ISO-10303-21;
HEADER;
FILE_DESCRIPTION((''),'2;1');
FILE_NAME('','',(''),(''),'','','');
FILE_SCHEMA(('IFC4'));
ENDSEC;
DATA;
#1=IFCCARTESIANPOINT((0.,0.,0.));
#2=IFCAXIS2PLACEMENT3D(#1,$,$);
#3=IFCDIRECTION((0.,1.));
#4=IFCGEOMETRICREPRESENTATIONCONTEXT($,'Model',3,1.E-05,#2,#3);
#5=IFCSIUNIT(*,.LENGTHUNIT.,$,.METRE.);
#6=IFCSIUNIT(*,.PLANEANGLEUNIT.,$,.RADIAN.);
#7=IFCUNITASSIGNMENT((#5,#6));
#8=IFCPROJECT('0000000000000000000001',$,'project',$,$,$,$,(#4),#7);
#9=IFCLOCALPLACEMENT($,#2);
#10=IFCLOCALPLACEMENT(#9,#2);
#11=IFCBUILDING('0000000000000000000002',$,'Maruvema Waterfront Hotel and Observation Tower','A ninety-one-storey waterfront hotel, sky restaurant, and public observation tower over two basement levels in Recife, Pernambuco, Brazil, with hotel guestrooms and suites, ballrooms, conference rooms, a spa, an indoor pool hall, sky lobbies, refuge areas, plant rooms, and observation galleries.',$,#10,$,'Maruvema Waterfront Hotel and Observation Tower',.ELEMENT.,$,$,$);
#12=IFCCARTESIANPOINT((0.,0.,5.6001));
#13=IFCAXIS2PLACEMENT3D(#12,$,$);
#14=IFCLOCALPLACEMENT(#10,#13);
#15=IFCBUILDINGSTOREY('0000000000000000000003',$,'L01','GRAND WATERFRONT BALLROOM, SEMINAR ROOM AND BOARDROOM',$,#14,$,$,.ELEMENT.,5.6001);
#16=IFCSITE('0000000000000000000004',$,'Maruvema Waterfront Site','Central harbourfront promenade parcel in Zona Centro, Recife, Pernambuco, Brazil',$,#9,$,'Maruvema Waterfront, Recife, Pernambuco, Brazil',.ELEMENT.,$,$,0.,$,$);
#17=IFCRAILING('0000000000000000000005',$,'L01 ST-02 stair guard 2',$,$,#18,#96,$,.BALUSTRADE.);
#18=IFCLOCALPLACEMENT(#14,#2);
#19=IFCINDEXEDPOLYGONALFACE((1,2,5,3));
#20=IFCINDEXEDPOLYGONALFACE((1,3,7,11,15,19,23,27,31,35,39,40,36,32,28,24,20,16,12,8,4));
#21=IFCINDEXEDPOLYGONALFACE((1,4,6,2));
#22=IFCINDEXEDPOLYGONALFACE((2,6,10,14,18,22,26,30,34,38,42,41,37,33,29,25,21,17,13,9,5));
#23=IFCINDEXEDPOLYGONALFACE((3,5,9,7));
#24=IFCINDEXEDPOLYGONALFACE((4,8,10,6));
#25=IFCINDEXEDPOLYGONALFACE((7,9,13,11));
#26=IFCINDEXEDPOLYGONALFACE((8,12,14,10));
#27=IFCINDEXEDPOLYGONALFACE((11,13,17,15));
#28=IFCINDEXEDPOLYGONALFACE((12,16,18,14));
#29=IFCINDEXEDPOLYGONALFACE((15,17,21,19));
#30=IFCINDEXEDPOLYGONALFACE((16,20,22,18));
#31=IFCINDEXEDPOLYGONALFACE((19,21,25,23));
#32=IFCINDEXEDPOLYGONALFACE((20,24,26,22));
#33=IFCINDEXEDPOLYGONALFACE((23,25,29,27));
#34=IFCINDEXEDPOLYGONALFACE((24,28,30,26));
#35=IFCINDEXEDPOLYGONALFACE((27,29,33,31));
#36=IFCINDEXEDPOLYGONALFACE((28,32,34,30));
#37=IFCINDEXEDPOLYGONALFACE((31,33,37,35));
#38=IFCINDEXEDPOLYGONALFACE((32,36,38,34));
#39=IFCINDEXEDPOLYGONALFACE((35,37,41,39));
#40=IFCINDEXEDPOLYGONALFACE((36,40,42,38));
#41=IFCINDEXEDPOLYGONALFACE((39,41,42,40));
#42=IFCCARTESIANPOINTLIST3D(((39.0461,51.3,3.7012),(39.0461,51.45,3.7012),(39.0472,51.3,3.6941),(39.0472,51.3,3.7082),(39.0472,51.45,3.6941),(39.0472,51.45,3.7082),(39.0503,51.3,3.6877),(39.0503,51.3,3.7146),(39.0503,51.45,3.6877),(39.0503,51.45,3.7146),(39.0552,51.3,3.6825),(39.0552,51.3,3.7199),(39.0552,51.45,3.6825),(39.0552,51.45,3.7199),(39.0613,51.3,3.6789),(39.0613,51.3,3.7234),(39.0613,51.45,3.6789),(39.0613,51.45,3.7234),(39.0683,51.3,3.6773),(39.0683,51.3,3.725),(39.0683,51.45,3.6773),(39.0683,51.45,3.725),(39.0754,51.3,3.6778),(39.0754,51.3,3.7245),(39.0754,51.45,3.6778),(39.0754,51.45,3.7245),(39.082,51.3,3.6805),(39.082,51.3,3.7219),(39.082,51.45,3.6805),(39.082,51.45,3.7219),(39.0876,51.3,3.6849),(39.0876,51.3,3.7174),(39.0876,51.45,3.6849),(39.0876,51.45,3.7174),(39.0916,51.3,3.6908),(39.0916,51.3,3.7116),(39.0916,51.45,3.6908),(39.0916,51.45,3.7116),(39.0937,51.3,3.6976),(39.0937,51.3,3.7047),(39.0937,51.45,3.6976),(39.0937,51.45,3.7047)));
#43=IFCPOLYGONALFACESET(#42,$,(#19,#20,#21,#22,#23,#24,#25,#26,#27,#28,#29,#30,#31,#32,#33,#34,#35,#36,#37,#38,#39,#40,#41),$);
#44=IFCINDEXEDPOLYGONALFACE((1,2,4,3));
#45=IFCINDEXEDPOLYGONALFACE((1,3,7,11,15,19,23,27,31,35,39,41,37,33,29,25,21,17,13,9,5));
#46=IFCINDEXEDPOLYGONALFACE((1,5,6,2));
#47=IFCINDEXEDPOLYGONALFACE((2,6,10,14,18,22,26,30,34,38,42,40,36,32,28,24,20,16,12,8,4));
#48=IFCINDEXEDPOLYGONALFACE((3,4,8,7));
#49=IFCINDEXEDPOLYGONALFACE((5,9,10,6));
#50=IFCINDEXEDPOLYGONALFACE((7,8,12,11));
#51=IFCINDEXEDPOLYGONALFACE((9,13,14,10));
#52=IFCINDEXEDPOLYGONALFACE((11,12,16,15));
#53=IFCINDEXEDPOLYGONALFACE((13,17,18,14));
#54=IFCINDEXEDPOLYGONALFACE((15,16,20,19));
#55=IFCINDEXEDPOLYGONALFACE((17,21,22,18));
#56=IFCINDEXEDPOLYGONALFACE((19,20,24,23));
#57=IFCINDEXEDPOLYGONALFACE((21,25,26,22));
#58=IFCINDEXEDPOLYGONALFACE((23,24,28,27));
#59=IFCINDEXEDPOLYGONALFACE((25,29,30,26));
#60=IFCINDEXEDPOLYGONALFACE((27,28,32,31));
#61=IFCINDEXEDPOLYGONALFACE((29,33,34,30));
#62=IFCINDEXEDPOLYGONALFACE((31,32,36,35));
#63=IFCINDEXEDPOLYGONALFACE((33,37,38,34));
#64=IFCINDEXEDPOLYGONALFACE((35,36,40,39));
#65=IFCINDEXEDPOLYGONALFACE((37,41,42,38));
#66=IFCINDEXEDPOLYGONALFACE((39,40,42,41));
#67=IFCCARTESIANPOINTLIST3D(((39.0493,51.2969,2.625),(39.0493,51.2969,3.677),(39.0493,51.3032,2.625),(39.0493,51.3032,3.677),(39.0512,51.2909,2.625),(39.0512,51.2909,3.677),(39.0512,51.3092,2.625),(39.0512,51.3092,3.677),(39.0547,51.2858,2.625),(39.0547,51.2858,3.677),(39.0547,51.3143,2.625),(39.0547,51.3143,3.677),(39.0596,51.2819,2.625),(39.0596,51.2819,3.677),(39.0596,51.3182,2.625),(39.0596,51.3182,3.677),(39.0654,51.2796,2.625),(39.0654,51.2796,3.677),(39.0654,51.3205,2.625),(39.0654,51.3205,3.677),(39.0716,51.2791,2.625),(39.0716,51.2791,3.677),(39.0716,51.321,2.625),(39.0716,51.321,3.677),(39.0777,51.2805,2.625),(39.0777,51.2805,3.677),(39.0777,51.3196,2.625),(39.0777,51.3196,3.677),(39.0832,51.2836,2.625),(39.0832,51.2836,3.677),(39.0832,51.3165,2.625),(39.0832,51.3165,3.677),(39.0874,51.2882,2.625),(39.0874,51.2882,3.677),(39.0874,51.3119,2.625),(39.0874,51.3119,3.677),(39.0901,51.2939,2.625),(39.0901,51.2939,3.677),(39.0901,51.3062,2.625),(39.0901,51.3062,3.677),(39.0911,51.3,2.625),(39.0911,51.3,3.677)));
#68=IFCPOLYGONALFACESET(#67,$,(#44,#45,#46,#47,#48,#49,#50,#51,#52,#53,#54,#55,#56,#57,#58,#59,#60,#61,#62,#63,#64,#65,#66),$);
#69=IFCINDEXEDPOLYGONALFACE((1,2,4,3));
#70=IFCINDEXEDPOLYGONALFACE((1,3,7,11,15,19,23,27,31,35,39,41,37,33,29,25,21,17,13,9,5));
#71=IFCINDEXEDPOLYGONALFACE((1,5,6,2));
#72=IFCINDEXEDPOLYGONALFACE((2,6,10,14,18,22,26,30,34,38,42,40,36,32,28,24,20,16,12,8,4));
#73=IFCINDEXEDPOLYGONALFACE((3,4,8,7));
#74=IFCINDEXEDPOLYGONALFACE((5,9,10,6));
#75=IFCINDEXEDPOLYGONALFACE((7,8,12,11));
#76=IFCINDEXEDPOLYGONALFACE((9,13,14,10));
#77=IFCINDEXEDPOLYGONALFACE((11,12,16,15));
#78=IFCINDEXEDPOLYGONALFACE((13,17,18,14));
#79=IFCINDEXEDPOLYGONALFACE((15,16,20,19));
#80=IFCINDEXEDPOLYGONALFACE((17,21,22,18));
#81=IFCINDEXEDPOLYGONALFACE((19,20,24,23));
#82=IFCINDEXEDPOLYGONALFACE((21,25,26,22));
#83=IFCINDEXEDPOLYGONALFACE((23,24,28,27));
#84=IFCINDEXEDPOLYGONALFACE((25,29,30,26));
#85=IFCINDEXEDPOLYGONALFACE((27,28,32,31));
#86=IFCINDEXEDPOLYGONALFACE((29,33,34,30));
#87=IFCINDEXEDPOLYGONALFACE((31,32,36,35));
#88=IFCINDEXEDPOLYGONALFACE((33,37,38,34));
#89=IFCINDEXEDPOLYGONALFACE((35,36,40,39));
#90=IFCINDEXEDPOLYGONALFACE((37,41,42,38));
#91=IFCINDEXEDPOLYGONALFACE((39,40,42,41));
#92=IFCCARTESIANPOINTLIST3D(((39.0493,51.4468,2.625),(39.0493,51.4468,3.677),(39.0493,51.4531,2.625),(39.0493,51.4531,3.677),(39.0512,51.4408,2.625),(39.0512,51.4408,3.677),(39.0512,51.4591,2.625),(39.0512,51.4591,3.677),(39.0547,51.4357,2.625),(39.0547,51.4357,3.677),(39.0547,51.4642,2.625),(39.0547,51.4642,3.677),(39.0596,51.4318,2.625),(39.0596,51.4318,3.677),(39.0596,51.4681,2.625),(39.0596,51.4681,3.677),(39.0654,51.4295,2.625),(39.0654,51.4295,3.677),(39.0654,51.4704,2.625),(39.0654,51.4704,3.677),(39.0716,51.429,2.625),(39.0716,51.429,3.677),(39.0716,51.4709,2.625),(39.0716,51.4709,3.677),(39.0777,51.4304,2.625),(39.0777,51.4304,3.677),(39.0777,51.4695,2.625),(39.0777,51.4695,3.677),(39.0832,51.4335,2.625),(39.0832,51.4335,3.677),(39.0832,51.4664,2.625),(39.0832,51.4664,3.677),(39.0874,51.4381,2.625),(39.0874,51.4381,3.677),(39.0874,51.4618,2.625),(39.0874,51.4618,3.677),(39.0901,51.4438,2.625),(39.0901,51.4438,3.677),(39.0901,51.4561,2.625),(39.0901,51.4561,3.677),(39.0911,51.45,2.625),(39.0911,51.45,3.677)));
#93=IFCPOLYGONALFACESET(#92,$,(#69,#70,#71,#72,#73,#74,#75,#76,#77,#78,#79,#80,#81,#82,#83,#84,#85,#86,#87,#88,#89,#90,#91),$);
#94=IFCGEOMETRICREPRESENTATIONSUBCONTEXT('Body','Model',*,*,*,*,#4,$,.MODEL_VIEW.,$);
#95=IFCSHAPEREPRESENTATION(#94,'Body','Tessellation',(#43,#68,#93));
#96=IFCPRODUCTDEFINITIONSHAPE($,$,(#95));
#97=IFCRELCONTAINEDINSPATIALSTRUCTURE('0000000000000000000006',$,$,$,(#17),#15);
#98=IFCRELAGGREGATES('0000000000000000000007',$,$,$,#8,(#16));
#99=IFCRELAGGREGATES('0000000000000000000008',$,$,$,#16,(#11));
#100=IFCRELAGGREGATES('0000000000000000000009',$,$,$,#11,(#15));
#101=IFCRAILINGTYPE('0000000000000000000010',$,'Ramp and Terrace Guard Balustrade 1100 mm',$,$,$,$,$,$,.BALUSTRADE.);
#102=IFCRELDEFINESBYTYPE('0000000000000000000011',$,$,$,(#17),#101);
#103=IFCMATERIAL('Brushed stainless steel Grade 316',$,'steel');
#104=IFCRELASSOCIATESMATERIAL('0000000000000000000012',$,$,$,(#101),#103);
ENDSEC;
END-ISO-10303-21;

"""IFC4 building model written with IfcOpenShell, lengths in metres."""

from ifc_helpers import new_model, si_unit, direction, frame, origin, origin_2d, place, context, subcontext, project, spatial, circle, extrude, material, type_object, element, save


model = new_model("IFC4")

# Units and contexts
model_context = context("Model", 3, precision=1e-05, world=origin(), true_north=direction((0.0, 1.0)))
body_context = subcontext(model_context, "Body", "Model", "MODEL_VIEW")
ifc_project = project(units=[si_unit("LENGTHUNIT", "METRE"), si_unit("PLANEANGLEUNIT", "RADIAN")], contexts=[model_context])

# Site, building, storey
site_placement = place(None, origin())
site = spatial("IfcSite", under=ifc_project, at=site_placement, Name="Maruvema Waterfront Site", Description="Central harbourfront promenade parcel in Zona Centro, Recife, Pernambuco, Brazil", LongName="Maruvema Waterfront, Recife, Pernambuco, Brazil", CompositionType="ELEMENT", RefElevation=0.0)
building_placement = place(site_placement, origin())
building = spatial("IfcBuilding", under=site, at=building_placement, Name="Maruvema Waterfront Hotel and Observation Tower", Description="A ninety-one-storey waterfront hotel, sky restaurant, and public observation tower over two basement levels in Recife, Pernambuco, Brazil, with hotel guestrooms and suites, ballrooms, conference rooms, a spa, an indoor pool hall, sky lobbies, refuge areas, plant rooms, and observation galleries.", LongName="Maruvema Waterfront Hotel and Observation Tower", CompositionType="ELEMENT")
storey_placement = place(building_placement, frame((0.0, 0.0, 5.6001)))
storey = spatial("IfcBuildingStorey", under=building, at=storey_placement, Name="L01", Description="GRAND WATERFRONT BALLROOM, SEMINAR ROOM AND BOARDROOM", CompositionType="ELEMENT", Elevation=5.6001)

# Railing
ifc_material_1 = material(Name="Brushed stainless steel Grade 316", Category="steel")
railing_type_1 = type_object("IfcRailingType", Name="Ramp and Terrace Guard Balustrade 1100 mm", PredefinedType="BALUSTRADE", material=ifc_material_1)
railing_1_placement = place(storey_placement, frame((39.0701, 51.3, 2.625)))
element("IfcRailing", 1, at=railing_1_placement, inside=storey, type_object=railing_type_1, Name="L01 ST-02 stair guard 2", PredefinedType="BALUSTRADE", context=body_context, shape_type="SweptSolid", body=[
    extrude(circle(Radius=0.0239, at=origin_2d()), frame((0.0, 0.0, 1.0762), z_axis=(0.0, 1.0, 0.0), x_axis=(-1.0, 0.0, 0.0)), (0.0, 0.0, 1.0), 0.1499),
    extrude(circle(Radius=0.021, at=origin_2d()), origin(), (0.0, 0.0, 1.0), 1.052),
    extrude(circle(Radius=0.021, at=origin_2d()), frame((0.0, 0.1499, 0.0)), (0.0, 0.0, 1.0), 1.052),
])

save(model, "model.ifc")
